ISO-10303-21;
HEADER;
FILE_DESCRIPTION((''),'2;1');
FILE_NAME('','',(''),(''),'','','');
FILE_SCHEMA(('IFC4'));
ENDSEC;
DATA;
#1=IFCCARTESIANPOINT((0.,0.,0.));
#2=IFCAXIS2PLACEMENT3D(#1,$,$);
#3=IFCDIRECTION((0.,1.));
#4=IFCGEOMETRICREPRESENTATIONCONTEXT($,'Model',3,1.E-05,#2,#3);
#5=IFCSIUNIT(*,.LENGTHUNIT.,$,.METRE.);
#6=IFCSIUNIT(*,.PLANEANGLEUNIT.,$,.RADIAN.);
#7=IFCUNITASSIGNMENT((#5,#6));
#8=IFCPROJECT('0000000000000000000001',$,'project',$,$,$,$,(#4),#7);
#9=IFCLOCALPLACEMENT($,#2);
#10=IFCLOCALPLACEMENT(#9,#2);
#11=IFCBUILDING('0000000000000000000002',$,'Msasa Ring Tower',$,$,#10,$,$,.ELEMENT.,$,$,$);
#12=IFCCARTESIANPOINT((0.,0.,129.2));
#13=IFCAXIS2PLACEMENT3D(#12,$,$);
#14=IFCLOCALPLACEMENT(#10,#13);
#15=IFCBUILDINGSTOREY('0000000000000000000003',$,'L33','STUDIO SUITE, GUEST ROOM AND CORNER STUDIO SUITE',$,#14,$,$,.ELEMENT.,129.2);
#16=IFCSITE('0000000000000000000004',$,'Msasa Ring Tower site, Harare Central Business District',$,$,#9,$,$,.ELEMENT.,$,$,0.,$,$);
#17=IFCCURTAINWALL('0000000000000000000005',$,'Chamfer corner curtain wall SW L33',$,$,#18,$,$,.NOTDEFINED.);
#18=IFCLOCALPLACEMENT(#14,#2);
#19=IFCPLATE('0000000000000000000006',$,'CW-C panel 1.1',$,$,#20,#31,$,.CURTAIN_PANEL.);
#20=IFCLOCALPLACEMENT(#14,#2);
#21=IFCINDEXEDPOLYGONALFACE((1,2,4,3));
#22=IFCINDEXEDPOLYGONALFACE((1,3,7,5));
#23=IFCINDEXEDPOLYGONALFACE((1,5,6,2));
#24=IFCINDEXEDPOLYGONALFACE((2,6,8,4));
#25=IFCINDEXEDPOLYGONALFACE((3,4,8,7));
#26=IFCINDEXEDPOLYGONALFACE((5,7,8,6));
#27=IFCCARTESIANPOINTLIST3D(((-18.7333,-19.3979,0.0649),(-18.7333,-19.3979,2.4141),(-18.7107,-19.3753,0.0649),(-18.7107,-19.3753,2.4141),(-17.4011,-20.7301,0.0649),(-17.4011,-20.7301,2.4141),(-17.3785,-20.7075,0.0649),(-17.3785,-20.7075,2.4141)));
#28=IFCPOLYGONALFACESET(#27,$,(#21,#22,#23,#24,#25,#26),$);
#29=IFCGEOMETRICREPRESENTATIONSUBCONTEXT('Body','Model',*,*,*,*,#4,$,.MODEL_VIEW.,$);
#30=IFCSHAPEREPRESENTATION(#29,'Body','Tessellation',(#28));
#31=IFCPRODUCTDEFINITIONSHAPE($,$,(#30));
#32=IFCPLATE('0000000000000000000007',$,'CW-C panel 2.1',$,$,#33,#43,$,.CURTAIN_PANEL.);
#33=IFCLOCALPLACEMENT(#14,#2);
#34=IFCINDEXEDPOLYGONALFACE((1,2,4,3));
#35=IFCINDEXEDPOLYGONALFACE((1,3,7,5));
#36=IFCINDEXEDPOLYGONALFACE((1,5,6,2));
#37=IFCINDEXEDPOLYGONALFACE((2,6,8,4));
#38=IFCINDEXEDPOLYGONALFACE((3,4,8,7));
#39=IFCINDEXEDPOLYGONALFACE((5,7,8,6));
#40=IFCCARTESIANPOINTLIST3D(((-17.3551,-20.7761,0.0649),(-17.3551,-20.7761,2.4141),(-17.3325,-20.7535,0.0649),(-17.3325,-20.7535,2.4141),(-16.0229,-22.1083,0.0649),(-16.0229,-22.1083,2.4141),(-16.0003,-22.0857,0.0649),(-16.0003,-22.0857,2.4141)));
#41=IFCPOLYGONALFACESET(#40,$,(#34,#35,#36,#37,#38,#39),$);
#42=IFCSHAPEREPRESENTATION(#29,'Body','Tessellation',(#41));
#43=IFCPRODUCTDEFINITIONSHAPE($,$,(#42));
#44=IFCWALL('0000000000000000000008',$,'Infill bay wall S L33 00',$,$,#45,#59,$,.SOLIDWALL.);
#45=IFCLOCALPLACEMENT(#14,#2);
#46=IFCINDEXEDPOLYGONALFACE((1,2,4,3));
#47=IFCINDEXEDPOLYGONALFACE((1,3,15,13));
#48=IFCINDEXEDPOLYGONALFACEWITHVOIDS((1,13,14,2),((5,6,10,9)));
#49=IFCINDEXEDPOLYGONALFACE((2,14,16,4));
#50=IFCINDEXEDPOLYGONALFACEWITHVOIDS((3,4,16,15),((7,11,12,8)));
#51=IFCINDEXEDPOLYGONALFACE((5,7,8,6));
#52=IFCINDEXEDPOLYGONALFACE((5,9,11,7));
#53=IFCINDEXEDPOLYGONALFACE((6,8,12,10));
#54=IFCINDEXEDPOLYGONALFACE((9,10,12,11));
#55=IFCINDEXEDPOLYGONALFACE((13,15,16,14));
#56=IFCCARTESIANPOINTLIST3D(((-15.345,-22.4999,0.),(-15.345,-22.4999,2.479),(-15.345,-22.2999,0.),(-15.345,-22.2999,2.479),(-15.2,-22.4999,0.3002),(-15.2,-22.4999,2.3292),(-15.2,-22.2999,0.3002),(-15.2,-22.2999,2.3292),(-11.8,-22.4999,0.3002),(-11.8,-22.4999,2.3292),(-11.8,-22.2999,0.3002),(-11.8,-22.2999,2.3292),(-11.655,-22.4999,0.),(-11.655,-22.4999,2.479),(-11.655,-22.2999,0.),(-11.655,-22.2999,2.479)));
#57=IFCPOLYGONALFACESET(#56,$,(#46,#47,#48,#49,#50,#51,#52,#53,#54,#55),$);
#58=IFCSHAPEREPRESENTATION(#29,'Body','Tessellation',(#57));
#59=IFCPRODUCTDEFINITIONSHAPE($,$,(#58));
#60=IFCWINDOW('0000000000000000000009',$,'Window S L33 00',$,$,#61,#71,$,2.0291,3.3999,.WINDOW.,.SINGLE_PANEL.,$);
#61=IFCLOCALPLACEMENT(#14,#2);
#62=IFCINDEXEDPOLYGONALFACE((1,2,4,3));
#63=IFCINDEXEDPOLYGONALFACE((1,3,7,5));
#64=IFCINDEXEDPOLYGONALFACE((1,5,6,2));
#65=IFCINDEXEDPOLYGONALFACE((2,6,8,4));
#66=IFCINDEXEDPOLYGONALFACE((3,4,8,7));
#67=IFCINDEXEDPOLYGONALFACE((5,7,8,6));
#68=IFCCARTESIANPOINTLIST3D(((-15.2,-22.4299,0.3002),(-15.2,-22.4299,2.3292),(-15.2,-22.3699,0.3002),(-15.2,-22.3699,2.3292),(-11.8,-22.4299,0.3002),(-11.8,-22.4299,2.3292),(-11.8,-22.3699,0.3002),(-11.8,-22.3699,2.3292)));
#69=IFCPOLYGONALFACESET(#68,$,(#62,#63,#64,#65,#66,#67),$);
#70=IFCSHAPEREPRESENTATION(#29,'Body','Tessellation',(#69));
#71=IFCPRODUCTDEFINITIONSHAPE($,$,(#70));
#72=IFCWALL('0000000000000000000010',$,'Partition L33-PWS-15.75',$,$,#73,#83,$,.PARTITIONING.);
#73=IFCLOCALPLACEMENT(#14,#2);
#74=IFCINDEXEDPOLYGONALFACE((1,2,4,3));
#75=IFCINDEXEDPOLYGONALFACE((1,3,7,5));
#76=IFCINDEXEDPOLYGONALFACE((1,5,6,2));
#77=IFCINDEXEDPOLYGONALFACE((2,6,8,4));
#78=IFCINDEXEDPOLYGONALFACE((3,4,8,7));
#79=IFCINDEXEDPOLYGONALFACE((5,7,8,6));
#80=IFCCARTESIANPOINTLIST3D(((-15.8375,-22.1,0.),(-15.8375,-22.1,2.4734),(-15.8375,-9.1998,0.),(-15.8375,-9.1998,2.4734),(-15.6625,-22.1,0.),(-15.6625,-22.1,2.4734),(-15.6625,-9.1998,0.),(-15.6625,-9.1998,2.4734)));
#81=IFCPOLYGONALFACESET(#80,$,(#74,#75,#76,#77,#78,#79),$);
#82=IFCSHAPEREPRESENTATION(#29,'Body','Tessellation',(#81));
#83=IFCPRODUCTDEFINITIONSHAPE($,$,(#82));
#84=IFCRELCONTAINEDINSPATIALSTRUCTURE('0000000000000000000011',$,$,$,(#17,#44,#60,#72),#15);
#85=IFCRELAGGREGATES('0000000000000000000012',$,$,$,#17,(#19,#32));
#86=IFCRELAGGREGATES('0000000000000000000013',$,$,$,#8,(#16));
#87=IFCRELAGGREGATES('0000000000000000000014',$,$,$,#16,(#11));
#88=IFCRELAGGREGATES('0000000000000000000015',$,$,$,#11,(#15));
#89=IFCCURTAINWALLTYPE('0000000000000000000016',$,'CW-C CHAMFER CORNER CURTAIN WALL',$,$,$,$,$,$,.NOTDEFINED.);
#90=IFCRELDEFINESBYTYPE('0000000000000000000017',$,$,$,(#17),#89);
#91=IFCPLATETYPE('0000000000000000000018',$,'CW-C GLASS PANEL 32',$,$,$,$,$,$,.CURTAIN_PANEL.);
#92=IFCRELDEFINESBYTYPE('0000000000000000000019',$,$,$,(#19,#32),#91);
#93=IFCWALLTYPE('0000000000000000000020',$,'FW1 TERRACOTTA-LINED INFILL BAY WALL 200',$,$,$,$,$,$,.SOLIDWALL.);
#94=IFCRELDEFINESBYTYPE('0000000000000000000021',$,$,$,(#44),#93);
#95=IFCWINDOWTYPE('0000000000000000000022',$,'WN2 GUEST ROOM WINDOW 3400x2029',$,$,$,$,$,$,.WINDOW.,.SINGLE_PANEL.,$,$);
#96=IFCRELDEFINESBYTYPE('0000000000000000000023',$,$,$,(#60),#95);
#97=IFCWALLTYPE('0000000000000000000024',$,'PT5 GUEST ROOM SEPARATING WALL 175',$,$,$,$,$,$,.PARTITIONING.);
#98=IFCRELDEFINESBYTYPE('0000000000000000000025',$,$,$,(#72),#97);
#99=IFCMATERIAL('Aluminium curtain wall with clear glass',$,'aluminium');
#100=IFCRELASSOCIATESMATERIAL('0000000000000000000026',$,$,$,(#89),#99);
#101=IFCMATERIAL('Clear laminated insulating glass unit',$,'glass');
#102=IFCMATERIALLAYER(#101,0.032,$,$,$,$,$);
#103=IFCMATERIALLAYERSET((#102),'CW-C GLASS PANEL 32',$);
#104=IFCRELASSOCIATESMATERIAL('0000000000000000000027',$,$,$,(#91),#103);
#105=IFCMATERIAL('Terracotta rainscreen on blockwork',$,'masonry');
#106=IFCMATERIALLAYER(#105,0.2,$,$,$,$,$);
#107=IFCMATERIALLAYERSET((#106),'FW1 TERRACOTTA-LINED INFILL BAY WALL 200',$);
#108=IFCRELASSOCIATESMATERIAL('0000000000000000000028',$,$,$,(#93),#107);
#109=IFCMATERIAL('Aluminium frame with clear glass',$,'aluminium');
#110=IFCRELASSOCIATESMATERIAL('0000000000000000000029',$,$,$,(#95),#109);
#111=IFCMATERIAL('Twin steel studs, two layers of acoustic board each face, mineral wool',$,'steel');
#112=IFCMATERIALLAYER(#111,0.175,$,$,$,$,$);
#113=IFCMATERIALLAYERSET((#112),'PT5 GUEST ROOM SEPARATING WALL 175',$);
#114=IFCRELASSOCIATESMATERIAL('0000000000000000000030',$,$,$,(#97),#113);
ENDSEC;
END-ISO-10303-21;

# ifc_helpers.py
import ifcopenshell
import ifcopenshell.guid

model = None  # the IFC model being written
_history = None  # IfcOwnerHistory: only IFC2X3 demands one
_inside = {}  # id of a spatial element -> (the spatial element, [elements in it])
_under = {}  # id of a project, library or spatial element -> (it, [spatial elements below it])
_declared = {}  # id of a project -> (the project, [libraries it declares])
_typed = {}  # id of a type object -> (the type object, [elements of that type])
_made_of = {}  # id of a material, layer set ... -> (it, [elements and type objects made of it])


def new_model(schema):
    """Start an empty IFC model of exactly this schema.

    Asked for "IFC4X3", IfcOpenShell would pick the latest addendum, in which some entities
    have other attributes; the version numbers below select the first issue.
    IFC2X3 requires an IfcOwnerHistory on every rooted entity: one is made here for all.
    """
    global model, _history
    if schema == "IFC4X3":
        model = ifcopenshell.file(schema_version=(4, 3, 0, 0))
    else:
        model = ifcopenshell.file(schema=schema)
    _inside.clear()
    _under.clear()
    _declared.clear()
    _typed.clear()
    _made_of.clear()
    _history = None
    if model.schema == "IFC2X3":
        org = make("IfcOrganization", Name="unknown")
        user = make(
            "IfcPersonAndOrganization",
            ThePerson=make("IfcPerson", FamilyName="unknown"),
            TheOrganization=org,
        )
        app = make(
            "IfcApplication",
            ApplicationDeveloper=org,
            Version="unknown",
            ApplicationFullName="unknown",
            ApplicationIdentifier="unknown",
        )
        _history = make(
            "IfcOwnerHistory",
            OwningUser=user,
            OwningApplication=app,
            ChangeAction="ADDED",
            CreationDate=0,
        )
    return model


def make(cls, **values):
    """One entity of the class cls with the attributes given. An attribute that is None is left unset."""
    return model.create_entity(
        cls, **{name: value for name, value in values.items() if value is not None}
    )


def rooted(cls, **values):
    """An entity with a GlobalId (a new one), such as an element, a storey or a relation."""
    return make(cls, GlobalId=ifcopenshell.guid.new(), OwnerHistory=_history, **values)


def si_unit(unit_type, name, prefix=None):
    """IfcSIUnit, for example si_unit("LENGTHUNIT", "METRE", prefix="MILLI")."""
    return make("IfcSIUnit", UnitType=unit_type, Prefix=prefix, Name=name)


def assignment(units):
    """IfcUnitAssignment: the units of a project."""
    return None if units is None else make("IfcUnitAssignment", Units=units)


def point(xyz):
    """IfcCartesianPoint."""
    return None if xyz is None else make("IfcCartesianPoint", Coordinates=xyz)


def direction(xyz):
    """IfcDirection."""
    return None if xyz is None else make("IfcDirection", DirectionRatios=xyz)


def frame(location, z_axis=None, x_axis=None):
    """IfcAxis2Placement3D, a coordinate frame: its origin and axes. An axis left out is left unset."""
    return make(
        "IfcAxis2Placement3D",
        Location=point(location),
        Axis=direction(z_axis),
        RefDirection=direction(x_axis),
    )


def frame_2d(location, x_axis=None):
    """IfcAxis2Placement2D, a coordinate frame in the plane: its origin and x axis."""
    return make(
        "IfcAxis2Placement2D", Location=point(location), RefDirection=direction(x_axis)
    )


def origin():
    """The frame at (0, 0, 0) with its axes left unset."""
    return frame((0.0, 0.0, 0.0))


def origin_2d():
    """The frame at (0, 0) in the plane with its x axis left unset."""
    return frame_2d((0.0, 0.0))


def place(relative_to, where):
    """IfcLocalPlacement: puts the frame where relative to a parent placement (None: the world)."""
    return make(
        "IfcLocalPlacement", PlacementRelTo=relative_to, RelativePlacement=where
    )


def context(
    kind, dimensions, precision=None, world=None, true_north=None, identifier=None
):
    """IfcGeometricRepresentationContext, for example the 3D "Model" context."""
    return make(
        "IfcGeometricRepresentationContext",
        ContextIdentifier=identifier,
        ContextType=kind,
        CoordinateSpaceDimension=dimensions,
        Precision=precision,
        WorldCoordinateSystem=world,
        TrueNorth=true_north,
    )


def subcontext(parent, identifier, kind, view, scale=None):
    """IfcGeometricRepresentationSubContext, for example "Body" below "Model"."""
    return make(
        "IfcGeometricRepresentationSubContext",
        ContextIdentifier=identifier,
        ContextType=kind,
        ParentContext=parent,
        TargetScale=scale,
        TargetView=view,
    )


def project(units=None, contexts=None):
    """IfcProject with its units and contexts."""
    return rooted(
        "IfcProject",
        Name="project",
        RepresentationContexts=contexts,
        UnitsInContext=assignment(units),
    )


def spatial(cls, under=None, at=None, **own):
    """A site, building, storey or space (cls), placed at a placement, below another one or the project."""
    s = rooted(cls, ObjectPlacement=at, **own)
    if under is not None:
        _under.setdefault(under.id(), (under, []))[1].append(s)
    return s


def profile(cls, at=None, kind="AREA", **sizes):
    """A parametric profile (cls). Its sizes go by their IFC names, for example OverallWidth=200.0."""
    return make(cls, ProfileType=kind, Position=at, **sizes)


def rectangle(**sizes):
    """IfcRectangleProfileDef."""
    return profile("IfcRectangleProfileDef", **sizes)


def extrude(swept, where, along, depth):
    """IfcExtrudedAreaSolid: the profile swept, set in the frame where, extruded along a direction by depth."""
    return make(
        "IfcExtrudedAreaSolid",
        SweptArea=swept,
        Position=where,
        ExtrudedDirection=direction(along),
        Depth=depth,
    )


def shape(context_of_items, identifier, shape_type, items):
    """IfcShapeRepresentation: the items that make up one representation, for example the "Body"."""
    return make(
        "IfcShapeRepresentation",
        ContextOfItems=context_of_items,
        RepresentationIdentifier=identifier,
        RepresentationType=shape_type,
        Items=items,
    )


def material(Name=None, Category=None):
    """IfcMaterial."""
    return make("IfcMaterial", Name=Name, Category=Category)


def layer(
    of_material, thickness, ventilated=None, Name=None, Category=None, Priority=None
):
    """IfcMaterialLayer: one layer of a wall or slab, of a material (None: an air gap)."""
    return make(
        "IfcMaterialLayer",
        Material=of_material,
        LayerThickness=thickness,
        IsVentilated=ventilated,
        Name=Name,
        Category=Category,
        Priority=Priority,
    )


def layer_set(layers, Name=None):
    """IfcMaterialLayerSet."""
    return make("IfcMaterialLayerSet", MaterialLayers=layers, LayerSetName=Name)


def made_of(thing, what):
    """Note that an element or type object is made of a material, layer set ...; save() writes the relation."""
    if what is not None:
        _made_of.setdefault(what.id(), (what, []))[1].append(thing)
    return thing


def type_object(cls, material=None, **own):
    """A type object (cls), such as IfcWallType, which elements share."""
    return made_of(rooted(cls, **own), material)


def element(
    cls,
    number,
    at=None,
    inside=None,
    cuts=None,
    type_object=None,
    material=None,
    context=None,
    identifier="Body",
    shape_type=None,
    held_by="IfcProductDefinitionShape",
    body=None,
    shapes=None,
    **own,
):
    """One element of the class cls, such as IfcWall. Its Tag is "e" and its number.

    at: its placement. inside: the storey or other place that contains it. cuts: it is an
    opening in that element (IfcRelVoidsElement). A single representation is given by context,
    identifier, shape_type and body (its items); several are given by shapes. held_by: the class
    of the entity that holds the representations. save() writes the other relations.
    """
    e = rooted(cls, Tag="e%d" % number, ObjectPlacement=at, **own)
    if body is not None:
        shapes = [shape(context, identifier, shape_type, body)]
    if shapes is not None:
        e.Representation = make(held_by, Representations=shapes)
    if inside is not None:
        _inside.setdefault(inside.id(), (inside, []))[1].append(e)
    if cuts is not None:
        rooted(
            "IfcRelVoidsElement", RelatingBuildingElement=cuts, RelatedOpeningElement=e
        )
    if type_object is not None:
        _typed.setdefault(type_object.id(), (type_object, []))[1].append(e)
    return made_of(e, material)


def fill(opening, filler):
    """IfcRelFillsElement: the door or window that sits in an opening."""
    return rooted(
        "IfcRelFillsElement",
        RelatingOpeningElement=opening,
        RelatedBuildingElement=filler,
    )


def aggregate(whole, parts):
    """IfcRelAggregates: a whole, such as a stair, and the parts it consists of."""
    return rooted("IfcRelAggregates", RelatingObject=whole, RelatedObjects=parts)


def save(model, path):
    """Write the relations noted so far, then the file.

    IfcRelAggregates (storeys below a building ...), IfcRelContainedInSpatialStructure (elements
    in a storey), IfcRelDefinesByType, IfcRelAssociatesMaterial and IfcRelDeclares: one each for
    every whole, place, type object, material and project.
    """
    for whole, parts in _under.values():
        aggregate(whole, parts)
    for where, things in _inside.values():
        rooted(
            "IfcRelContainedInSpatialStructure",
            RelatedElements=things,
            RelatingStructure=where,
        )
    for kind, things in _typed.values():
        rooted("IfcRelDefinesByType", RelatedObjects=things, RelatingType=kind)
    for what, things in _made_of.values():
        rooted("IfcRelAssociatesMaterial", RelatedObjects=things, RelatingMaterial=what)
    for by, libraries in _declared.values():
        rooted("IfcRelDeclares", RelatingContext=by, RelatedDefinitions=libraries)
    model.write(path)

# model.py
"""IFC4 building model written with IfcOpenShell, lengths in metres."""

from ifc_helpers import new_model, si_unit, direction, frame, frame_2d, origin, origin_2d, place, context, subcontext, project, spatial, rectangle, extrude, material, layer, layer_set, type_object, element, fill, aggregate, save


model = new_model("IFC4")

# Units and contexts
model_context = context("Model", 3, precision=1e-05, world=origin(), true_north=direction((0.0, 1.0)))
body_context = subcontext(model_context, "Body", "Model", "MODEL_VIEW")
ifc_project = project(units=[si_unit("LENGTHUNIT", "METRE"), si_unit("PLANEANGLEUNIT", "RADIAN")], contexts=[model_context])

# Site, building, storey
site_placement = place(None, origin())
site = spatial("IfcSite", under=ifc_project, at=site_placement, Name="Msasa Ring Tower site, Harare Central Business District", CompositionType="ELEMENT", RefElevation=0.0)
building_placement = place(site_placement, origin())
building = spatial("IfcBuilding", under=site, at=building_placement, Name="Msasa Ring Tower", CompositionType="ELEMENT")
storey_placement = place(building_placement, frame((0.0, 0.0, 129.2)))
storey = spatial("IfcBuildingStorey", under=building, at=storey_placement, Name="L33", Description="STUDIO SUITE, GUEST ROOM AND CORNER STUDIO SUITE", CompositionType="ELEMENT", Elevation=129.2)

# Curtain wall
ifc_material_1 = material(Name="Aluminium curtain wall with clear glass", Category="aluminium")
curtain_wall_type = type_object("IfcCurtainWallType", Name="CW-C CHAMFER CORNER CURTAIN WALL", PredefinedType="NOTDEFINED", material=ifc_material_1)
curtain_wall_1_placement = place(storey_placement, origin())
curtain_wall_1 = element("IfcCurtainWall", 1, at=curtain_wall_1_placement, inside=storey, type_object=curtain_wall_type, Name="Chamfer corner curtain wall SW L33", PredefinedType="NOTDEFINED")

# Plates
ifc_material_2 = material(Name="Clear laminated insulating glass unit", Category="glass")
ifc_layer_1 = layer(ifc_material_2, 0.032)
ifc_layer_set_1 = layer_set([ifc_layer_1], Name="CW-C GLASS PANEL 32")
plate_type = type_object("IfcPlateType", Name="CW-C GLASS PANEL 32", PredefinedType="CURTAIN_PANEL", material=ifc_layer_set_1)
plate_1_placement = place(storey_placement, frame((-18.0559, -20.0527, 0.0649), z_axis=(0.0, 0.0, 1.0), x_axis=(0.707107, -0.707107, 0.0)))
plate_1 = element("IfcPlate", 2, at=plate_1_placement, type_object=plate_type, Name="CW-C panel 1.1", PredefinedType="CURTAIN_PANEL", context=body_context, shape_type="SweptSolid", body=[
    extrude(rectangle(XDim=1.884, YDim=0.032, at=origin_2d()), origin(), (0.0, 0.0, 1.0), 2.3491),
])
plate_2_placement = place(storey_placement, frame((-16.6777, -21.4309, 0.0649), z_axis=(0.0, 0.0, 1.0), x_axis=(0.707107, -0.707107, 0.0)))
plate_2 = element("IfcPlate", 3, at=plate_2_placement, type_object=plate_type, Name="CW-C panel 2.1", PredefinedType="CURTAIN_PANEL", context=body_context, shape_type="SweptSolid", body=[
    extrude(rectangle(XDim=1.884, YDim=0.032, at=origin_2d()), origin(), (0.0, 0.0, 1.0), 2.3491),
])
aggregate(curtain_wall_1, [plate_1, plate_2])

# Wall, opening, window
ifc_material_3 = material(Name="Terracotta rainscreen on blockwork", Category="masonry")
ifc_layer_2 = layer(ifc_material_3, 0.2)
ifc_layer_set_2 = layer_set([ifc_layer_2], Name="FW1 TERRACOTTA-LINED INFILL BAY WALL 200")
wall_type_1 = type_object("IfcWallType", Name="FW1 TERRACOTTA-LINED INFILL BAY WALL 200", PredefinedType="SOLIDWALL", material=ifc_layer_set_2)
wall_1_placement = place(storey_placement, frame((-15.345, -22.3999, 0.0), z_axis=(0.0, 0.0, 1.0), x_axis=(1.0, 0.0, 0.0)))
wall_1 = element("IfcWall", 4, at=wall_1_placement, inside=storey, type_object=wall_type_1, Name="Infill bay wall S L33 00", PredefinedType="SOLIDWALL", context=body_context, shape_type="SweptSolid", body=[
    extrude(rectangle(XDim=3.6899, YDim=0.2, at=frame_2d((1.845, 0.0))), origin(), (0.0, 0.0, 1.0), 2.479),
])
opening_placement = place(wall_1_placement, frame((0.145, 0.0, 0.3)))
opening = element("IfcOpeningElement", 5, at=opening_placement, cuts=wall_1, PredefinedType="OPENING", context=body_context, shape_type="SweptSolid", body=[
    extrude(rectangle(XDim=3.3999, YDim=2.0291, at=frame_2d((1.7, 1.0146))), frame((0.0, 0.1099, 0.0), z_axis=(0.0, -1.0, 0.0), x_axis=(1.0, 0.0, 0.0)), (0.0, 0.0, 1.0), 0.22),
])
ifc_material_4 = material(Name="Aluminium frame with clear glass", Category="aluminium")
window_type = type_object("IfcWindowType", Name="WN2 GUEST ROOM WINDOW 3400x2029", PartitioningType="SINGLE_PANEL", PredefinedType="WINDOW", material=ifc_material_4)
window_placement = place(opening_placement, origin())
window = element("IfcWindow", 6, at=window_placement, inside=storey, type_object=window_type, Name="Window S L33 00", OverallHeight=2.0291, OverallWidth=3.3999, PartitioningType="SINGLE_PANEL", PredefinedType="WINDOW", context=body_context, shape_type="SweptSolid", body=[
    extrude(rectangle(XDim=3.3999, YDim=2.0291, at=frame_2d((1.7, 1.0146))), frame((0.0, 0.03, 0.0), z_axis=(0.0, -1.0, 0.0), x_axis=(1.0, 0.0, 0.0)), (0.0, 0.0, 1.0), 0.0601),
])
fill(opening, window)

# Wall
ifc_material_5 = material(Name="Twin steel studs, two layers of acoustic board each face, mineral wool", Category="steel")
ifc_layer_3 = layer(ifc_material_5, 0.175)
ifc_layer_set_3 = layer_set([ifc_layer_3], Name="PT5 GUEST ROOM SEPARATING WALL 175")
wall_type_2 = type_object("IfcWallType", Name="PT5 GUEST ROOM SEPARATING WALL 175", PredefinedType="PARTITIONING", material=ifc_layer_set_3)
wall_2_placement = place(storey_placement, frame((-15.75, -22.1001, 0.0), z_axis=(0.0, 0.0, 1.0), x_axis=(0.0, 1.0, 0.0)))
element("IfcWall", 7, at=wall_2_placement, inside=storey, type_object=wall_type_2, Name="Partition L33-PWS-15.75", PredefinedType="PARTITIONING", context=body_context, shape_type="SweptSolid", body=[
    extrude(rectangle(XDim=12.9001, YDim=0.175, at=frame_2d((6.4502, 0.0))), origin(), (0.0, 0.0, 1.0), 2.4734),
])

save(model, "model.ifc")
